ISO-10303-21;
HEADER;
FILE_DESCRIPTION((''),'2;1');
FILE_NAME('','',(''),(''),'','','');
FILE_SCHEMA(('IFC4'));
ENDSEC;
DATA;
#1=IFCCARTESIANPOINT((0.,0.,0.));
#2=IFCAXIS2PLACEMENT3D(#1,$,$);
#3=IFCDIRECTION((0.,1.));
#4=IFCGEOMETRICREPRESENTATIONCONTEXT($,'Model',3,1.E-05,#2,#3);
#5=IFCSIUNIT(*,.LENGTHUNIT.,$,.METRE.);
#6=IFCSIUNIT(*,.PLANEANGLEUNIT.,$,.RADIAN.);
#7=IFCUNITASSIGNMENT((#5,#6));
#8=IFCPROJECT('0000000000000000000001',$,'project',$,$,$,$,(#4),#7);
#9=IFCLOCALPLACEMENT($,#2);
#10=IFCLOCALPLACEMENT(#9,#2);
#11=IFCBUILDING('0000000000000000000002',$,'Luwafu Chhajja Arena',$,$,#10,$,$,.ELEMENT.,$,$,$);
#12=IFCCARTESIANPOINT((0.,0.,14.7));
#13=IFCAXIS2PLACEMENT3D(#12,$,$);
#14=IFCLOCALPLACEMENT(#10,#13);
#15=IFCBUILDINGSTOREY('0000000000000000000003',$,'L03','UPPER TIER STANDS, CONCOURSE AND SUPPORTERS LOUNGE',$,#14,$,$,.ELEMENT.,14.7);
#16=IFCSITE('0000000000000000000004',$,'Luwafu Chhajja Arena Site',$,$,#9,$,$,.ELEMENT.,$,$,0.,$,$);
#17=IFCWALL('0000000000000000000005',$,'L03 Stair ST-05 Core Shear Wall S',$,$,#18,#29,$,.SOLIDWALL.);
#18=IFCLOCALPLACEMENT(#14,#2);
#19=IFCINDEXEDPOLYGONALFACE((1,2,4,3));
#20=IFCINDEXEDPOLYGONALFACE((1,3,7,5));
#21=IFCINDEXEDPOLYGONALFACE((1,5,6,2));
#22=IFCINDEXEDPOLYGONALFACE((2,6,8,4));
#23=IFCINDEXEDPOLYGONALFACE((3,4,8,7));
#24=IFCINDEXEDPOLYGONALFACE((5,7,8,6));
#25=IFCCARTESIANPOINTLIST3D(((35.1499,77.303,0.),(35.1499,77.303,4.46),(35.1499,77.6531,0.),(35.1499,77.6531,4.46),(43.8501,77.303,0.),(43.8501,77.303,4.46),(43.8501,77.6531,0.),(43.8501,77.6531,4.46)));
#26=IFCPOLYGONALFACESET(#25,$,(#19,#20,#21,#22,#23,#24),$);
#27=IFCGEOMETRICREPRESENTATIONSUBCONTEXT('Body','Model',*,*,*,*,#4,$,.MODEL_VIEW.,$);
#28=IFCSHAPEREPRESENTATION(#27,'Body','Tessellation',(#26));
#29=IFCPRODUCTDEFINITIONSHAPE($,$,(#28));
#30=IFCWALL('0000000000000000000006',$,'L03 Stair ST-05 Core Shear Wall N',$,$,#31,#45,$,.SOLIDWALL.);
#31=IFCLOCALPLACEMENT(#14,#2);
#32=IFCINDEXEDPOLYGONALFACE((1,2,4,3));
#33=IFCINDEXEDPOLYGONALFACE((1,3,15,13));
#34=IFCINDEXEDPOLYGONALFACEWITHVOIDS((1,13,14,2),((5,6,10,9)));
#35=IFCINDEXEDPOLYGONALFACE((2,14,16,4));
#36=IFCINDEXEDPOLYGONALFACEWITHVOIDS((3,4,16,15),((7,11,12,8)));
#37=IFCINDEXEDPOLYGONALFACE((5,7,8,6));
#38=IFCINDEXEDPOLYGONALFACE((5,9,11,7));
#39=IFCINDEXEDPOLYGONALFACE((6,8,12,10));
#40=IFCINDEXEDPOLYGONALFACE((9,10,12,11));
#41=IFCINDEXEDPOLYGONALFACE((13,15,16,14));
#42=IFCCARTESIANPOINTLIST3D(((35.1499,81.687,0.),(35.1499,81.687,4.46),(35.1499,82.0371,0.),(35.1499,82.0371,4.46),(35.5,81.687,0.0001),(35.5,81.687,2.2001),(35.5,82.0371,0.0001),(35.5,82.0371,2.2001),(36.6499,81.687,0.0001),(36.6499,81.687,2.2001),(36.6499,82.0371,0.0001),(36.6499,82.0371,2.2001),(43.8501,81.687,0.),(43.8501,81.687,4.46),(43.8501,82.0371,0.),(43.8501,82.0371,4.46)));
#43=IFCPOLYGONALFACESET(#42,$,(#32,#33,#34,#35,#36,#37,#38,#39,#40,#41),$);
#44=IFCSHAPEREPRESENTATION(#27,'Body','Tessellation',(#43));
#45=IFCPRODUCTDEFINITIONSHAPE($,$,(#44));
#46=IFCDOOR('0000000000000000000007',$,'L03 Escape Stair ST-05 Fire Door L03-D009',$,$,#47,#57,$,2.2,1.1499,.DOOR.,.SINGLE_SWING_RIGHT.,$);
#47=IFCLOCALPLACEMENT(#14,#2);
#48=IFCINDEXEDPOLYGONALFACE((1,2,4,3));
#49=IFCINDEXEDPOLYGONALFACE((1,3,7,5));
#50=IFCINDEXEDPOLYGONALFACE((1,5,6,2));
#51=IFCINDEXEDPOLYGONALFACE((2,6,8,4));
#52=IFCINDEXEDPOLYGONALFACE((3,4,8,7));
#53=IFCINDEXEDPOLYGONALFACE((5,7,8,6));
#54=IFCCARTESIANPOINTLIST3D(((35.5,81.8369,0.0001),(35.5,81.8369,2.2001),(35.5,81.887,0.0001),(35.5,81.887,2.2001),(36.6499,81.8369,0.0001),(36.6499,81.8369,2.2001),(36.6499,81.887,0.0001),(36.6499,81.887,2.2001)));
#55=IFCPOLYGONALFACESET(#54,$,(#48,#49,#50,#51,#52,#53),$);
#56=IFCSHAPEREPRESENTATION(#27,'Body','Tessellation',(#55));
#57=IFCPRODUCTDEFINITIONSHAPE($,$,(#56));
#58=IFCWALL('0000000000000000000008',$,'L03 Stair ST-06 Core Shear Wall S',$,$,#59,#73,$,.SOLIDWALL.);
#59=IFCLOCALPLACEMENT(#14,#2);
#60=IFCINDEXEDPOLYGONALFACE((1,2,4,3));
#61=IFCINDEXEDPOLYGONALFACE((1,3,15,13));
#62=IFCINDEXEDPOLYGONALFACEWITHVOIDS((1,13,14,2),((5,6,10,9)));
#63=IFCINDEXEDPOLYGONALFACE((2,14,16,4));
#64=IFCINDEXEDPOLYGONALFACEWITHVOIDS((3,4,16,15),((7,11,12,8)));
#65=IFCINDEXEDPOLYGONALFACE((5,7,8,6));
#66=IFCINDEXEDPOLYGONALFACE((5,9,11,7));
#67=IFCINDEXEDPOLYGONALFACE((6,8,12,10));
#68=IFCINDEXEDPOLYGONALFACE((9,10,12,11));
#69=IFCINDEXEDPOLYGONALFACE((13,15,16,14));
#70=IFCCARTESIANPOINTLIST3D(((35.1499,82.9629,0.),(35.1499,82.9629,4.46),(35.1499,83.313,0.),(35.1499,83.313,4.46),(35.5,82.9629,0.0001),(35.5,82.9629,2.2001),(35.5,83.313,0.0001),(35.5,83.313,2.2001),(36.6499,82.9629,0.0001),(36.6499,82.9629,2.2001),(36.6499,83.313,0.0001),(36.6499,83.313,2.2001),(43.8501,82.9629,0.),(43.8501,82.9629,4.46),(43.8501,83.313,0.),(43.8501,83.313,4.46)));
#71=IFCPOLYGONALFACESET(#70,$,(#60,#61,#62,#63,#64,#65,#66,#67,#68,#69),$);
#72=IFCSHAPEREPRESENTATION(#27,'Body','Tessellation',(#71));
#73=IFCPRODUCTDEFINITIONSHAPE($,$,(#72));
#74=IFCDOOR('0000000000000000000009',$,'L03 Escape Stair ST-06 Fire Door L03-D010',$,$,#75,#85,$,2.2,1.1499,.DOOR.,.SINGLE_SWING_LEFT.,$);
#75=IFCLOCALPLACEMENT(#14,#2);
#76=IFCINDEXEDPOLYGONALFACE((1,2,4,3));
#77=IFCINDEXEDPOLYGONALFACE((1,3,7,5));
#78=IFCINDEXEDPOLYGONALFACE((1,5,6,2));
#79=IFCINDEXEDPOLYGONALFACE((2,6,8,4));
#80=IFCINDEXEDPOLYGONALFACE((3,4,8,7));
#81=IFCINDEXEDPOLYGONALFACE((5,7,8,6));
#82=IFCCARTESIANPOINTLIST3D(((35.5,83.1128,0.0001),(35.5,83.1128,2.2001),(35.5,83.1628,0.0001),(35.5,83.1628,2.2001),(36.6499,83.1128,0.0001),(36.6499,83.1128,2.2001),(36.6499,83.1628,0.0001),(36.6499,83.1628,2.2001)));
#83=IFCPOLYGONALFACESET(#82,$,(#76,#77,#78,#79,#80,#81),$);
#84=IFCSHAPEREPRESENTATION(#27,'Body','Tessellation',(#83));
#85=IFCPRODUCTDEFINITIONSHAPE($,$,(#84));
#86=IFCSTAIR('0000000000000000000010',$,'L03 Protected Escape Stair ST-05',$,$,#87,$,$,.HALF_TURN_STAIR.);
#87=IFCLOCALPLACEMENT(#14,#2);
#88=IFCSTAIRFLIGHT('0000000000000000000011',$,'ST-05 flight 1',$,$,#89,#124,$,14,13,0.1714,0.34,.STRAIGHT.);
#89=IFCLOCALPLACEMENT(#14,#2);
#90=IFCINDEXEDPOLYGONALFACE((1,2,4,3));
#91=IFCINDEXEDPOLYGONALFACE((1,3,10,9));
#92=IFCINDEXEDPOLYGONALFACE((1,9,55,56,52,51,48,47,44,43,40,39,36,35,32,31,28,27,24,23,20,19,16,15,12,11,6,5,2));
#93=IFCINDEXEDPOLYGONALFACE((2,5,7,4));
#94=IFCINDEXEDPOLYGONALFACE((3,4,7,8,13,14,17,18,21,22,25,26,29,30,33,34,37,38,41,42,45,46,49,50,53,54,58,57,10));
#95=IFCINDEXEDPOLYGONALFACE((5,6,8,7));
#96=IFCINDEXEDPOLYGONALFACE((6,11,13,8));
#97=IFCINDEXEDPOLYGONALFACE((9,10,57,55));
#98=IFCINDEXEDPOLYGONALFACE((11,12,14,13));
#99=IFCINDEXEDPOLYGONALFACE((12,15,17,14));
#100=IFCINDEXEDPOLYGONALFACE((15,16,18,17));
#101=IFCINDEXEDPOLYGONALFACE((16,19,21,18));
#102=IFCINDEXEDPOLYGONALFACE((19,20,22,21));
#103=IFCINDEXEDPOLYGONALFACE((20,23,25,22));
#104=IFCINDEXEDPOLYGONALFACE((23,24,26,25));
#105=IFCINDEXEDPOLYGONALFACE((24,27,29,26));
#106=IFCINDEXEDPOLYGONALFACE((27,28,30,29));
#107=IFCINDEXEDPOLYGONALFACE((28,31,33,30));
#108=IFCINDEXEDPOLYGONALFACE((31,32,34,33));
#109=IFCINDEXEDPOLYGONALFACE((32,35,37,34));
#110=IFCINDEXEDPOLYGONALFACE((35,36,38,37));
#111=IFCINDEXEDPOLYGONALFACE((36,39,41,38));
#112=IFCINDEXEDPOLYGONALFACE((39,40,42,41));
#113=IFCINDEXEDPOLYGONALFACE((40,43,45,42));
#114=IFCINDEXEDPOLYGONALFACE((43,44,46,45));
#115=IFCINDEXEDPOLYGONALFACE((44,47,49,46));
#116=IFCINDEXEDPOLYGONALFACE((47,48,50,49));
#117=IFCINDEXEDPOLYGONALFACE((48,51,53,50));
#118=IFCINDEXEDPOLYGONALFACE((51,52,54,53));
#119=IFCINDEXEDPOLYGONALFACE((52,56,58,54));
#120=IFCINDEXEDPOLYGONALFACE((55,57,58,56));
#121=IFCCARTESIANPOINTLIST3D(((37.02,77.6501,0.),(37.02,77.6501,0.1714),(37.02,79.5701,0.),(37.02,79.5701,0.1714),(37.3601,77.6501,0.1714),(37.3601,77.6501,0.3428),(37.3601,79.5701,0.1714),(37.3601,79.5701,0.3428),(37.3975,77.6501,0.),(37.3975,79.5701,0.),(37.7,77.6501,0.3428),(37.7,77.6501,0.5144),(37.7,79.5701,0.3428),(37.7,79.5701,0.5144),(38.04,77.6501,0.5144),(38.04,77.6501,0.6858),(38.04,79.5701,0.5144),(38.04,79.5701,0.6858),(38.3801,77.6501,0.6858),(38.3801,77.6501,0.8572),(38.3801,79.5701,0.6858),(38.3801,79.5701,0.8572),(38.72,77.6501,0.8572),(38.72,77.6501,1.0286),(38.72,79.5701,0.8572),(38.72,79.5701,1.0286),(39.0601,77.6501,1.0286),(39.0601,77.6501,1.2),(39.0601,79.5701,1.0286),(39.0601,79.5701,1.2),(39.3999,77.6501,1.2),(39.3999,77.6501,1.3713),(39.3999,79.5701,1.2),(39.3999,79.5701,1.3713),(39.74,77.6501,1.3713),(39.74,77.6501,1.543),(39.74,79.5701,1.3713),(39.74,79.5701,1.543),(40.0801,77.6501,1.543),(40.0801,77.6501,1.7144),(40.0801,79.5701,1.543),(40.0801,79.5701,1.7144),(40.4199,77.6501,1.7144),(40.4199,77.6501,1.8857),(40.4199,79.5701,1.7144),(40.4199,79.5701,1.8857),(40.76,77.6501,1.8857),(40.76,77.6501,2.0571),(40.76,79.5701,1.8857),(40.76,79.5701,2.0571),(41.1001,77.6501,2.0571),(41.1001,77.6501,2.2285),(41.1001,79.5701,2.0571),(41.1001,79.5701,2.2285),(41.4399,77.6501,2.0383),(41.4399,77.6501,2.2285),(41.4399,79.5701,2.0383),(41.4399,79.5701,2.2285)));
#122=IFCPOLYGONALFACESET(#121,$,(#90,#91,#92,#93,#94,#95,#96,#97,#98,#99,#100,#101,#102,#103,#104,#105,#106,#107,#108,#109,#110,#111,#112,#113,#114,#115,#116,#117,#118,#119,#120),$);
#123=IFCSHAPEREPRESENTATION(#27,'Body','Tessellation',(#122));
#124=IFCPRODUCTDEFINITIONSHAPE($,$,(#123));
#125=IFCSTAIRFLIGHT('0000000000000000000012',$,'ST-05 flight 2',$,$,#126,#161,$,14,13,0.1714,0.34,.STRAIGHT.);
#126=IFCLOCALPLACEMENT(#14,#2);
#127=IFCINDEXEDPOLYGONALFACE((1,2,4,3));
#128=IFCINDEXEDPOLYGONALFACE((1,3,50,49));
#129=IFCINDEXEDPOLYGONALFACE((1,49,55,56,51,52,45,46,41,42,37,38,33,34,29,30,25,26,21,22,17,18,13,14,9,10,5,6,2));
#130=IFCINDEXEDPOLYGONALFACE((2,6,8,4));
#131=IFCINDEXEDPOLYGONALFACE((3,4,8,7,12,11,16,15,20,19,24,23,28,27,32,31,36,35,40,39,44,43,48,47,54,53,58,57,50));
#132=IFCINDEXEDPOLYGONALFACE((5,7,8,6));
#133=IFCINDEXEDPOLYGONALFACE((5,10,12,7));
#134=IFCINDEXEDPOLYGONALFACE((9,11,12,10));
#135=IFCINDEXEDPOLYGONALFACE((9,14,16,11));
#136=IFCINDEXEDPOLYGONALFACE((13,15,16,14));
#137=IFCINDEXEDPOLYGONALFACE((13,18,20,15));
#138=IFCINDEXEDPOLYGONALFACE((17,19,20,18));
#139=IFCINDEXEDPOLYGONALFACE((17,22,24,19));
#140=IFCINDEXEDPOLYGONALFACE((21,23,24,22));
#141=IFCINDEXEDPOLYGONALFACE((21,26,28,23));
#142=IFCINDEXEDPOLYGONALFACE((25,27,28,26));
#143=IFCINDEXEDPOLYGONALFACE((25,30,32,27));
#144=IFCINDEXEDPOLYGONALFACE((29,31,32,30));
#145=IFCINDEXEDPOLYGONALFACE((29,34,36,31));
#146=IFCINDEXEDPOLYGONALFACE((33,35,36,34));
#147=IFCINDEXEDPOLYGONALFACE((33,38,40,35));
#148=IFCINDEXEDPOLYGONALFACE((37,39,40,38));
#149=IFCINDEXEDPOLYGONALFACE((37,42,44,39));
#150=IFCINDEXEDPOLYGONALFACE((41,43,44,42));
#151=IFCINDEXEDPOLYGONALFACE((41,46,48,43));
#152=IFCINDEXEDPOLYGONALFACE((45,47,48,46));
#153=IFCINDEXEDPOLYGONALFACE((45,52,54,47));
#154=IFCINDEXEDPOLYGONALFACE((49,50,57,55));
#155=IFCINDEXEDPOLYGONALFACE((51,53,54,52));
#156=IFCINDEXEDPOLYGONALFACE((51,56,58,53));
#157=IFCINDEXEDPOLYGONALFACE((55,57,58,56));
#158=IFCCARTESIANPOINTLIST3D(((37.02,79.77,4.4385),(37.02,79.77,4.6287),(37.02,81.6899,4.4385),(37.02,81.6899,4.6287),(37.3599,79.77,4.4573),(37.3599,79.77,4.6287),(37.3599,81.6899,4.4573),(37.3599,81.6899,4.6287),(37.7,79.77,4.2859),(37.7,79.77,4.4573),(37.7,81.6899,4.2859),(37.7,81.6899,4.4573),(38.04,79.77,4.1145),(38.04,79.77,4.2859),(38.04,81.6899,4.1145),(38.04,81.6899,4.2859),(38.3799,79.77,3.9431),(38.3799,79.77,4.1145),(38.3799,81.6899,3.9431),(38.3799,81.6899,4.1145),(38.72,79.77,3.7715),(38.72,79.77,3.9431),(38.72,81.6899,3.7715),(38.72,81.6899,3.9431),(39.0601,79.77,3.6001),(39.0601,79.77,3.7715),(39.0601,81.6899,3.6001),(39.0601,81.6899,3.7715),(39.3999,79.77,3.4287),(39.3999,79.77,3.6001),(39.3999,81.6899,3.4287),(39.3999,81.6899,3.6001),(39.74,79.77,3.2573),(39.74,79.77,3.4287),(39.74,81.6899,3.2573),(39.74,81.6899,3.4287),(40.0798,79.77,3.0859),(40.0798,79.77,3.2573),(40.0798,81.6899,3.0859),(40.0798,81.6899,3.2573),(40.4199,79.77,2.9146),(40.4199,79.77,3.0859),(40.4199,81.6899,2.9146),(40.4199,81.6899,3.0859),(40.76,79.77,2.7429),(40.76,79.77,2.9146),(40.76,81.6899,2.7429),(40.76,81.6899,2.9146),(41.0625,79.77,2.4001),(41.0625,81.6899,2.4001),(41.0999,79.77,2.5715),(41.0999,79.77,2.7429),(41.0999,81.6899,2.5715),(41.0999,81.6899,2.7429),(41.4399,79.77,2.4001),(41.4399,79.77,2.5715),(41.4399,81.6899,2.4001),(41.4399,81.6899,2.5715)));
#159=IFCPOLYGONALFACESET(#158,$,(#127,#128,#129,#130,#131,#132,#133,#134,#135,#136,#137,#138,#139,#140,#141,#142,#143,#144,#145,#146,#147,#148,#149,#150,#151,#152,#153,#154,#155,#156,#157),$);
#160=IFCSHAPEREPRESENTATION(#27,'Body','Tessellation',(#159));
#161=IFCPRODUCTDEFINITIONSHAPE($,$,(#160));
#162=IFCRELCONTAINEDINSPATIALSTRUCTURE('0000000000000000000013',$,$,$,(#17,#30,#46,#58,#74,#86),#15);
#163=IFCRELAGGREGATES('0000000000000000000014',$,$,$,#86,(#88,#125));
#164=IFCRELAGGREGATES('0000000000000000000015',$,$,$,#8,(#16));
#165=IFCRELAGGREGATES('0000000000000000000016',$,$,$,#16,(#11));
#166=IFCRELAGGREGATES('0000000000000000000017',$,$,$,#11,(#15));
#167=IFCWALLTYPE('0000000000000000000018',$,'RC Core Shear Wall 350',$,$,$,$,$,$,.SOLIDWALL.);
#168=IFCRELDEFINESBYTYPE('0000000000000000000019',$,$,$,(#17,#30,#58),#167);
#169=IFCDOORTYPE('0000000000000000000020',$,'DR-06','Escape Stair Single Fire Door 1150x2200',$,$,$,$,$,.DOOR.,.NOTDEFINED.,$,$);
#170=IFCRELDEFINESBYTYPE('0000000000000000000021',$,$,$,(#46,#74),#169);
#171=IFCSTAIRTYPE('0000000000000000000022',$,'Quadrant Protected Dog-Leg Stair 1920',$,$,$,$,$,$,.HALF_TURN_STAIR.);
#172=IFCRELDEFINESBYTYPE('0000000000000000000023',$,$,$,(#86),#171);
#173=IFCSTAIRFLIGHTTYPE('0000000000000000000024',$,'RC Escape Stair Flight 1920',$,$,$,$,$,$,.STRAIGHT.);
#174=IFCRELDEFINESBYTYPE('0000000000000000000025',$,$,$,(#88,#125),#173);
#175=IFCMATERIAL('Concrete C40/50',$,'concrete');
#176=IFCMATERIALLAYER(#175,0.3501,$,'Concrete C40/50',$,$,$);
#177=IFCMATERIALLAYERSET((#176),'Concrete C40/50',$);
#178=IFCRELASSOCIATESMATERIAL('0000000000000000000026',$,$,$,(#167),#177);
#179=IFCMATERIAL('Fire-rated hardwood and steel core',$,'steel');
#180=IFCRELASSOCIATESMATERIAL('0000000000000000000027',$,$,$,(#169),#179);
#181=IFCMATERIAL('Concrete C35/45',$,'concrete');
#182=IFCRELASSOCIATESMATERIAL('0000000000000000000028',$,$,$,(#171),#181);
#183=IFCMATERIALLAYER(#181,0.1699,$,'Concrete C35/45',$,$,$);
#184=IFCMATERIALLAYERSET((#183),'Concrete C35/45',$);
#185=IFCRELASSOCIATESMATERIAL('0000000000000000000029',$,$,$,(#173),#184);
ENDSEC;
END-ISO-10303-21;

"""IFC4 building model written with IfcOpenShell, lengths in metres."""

from ifc_helpers import new_model, si_unit, direction, frame, frame_2d, origin, place, context, subcontext, project, spatial, polyline, rectangle, outline, extrude, material, layer, layer_set, type_object, element, fill, aggregate, save


model = new_model("IFC4")

# Units and contexts
model_context = context("Model", 3, precision=1e-05, world=origin(), true_north=direction((0.0, 1.0)))
body_context = subcontext(model_context, "Body", "Model", "MODEL_VIEW")
ifc_project = project(units=[si_unit("LENGTHUNIT", "METRE"), si_unit("PLANEANGLEUNIT", "RADIAN")], contexts=[model_context])

# Site, building, storey
site_placement = place(None, origin())
site = spatial("IfcSite", under=ifc_project, at=site_placement, Name="Luwafu Chhajja Arena Site", CompositionType="ELEMENT", RefElevation=0.0)
building_placement = place(site_placement, origin())
building = spatial("IfcBuilding", under=site, at=building_placement, Name="Luwafu Chhajja Arena", CompositionType="ELEMENT")
storey_placement = place(building_placement, frame((0.0, 0.0, 14.7)))
storey = spatial("IfcBuildingStorey", under=building, at=storey_placement, Name="L03", Description="UPPER TIER STANDS, CONCOURSE AND SUPPORTERS LOUNGE", CompositionType="ELEMENT", Elevation=14.7)

# Wall
ifc_material_1 = material(Name="Concrete C40/50", Category="concrete")
ifc_layer_1 = layer(ifc_material_1, 0.3501, Name="Concrete C40/50")
ifc_layer_set_1 = layer_set([ifc_layer_1], Name="Concrete C40/50")
wall_type = type_object("IfcWallType", Name="RC Core Shear Wall 350", PredefinedType="SOLIDWALL", material=ifc_layer_set_1)
wall_1_placement = place(storey_placement, frame((35.1499, 77.478, 0.0), z_axis=(0.0, 0.0, 1.0), x_axis=(1.0, 0.0, 0.0)))
element("IfcWall", 1, at=wall_1_placement, inside=storey, type_object=wall_type, Name="L03 Stair ST-05 Core Shear Wall S", PredefinedType="SOLIDWALL", context=body_context, shape_type="SweptSolid", body=[
    extrude(rectangle(XDim=8.7002, YDim=0.3501, at=frame_2d((4.3501, 0.0))), origin(), (0.0, 0.0, 1.0), 4.46),
])

# Walls, openings, doors
wall_2_placement = place(storey_placement, frame((35.1499, 81.8621, 0.0), z_axis=(0.0, 0.0, 1.0), x_axis=(1.0, 0.0, 0.0)))
wall_2 = element("IfcWall", 2, at=wall_2_placement, inside=storey, type_object=wall_type, Name="L03 Stair ST-05 Core Shear Wall N", PredefinedType="SOLIDWALL", context=body_context, shape_type="SweptSolid", body=[
    extrude(rectangle(XDim=8.7002, YDim=0.3501, at=frame_2d((4.3501, 0.0))), origin(), (0.0, 0.0, 1.0), 4.46),
])
opening_1_placement = place(wall_2_placement, frame((0.3501, 0.0, 0.0)))
opening_1 = element("IfcOpeningElement", 3, at=opening_1_placement, cuts=wall_2, PredefinedType="OPENING", context=body_context, shape_type="SweptSolid", body=[
    extrude(rectangle(XDim=1.1499, YDim=2.2, at=frame_2d((0.575, 1.1001))), frame((0.0, 0.1851, 0.0), z_axis=(0.0, -1.0, 0.0), x_axis=(1.0, 0.0, 0.0)), (0.0, 0.0, 1.0), 0.3701),
])
ifc_material_2 = material(Name="Fire-rated hardwood and steel core", Category="steel")
door_type = type_object("IfcDoorType", Name="DR-06", Description="Escape Stair Single Fire Door 1150x2200", OperationType="NOTDEFINED", PredefinedType="DOOR", material=ifc_material_2)
door_1_placement = place(opening_1_placement, origin())
door_1 = element("IfcDoor", 4, at=door_1_placement, inside=storey, type_object=door_type, Name="L03 Escape Stair ST-05 Fire Door L03-D009", OperationType="SINGLE_SWING_RIGHT", OverallHeight=2.2, OverallWidth=1.1499, PredefinedType="DOOR", context=body_context, shape_type="SweptSolid", body=[
    extrude(rectangle(XDim=1.1499, YDim=2.2, at=frame_2d((0.575, 1.1001))), frame((0.0, 0.0249, 0.0), z_axis=(0.0, -1.0, 0.0), x_axis=(1.0, 0.0, 0.0)), (0.0, 0.0, 1.0), 0.05),
])
fill(opening_1, door_1)
wall_3_placement = place(storey_placement, frame((35.1499, 83.1379, 0.0), z_axis=(0.0, 0.0, 1.0), x_axis=(1.0, 0.0, 0.0)))
wall_3 = element("IfcWall", 5, at=wall_3_placement, inside=storey, type_object=wall_type, Name="L03 Stair ST-06 Core Shear Wall S", PredefinedType="SOLIDWALL", context=body_context, shape_type="SweptSolid", body=[
    extrude(rectangle(XDim=8.7002, YDim=0.3501, at=frame_2d((4.3501, 0.0))), origin(), (0.0, 0.0, 1.0), 4.46),
])
opening_2_placement = place(wall_3_placement, frame((0.3501, 0.0, 0.0)))
opening_2 = element("IfcOpeningElement", 6, at=opening_2_placement, cuts=wall_3, PredefinedType="OPENING", context=body_context, shape_type="SweptSolid", body=[
    extrude(rectangle(XDim=1.1499, YDim=2.2, at=frame_2d((0.575, 1.1001))), frame((0.0, 0.1851, 0.0), z_axis=(0.0, -1.0, 0.0), x_axis=(1.0, 0.0, 0.0)), (0.0, 0.0, 1.0), 0.3701),
])
door_2_placement = place(opening_2_placement, origin())
door_2 = element("IfcDoor", 7, at=door_2_placement, inside=storey, type_object=door_type, Name="L03 Escape Stair ST-06 Fire Door L03-D010", OperationType="SINGLE_SWING_LEFT", OverallHeight=2.2, OverallWidth=1.1499, PredefinedType="DOOR", context=body_context, shape_type="SweptSolid", body=[
    extrude(rectangle(XDim=1.1499, YDim=2.2, at=frame_2d((0.575, 1.1001))), frame((0.0, 0.0249, 0.0), z_axis=(0.0, -1.0, 0.0), x_axis=(1.0, 0.0, 0.0)), (0.0, 0.0, 1.0), 0.05),
])
fill(opening_2, door_2)

# Stair, stair flights
ifc_material_3 = material(Name="Concrete C35/45", Category="concrete")
stair_type = type_object("IfcStairType", Name="Quadrant Protected Dog-Leg Stair 1920", PredefinedType="HALF_TURN_STAIR", material=ifc_material_3)
stair_1_placement = place(storey_placement, origin())
stair_1 = element("IfcStair", 8, at=stair_1_placement, inside=storey, type_object=stair_type, Name="L03 Protected Escape Stair ST-05", PredefinedType="HALF_TURN_STAIR")
ifc_layer_2 = layer(ifc_material_3, 0.1699, Name="Concrete C35/45")
ifc_layer_set_2 = layer_set([ifc_layer_2], Name="Concrete C35/45")
stair_flight_type = type_object("IfcStairFlightType", Name="RC Escape Stair Flight 1920", PredefinedType="STRAIGHT", material=ifc_layer_set_2)
stair_flight_1_placement = place(storey_placement, frame((37.02, 78.6101, 0.0), z_axis=(0.0, 0.0, 1.0), x_axis=(1.0, 0.0, 0.0)))
stair_flight_1 = element("IfcStairFlight", 9, at=stair_flight_1_placement, type_object=stair_flight_type, Name="ST-05 flight 1", NumberOfRisers=14, NumberOfTreads=13, PredefinedType="STRAIGHT", RiserHeight=0.1714, TreadLength=0.34, context=body_context, shape_type="SweptSolid", body=[
    extrude(outline(polyline([(0.0, 0.0), (0.0, 0.1714), (0.3401, 0.1714), (0.3401, 0.3428), (0.6799, 0.3428), (0.6799, 0.5144), (1.02, 0.5144), (1.02, 0.6858), (1.3601, 0.6858), (1.3601, 0.8572), (1.7, 0.8572), (1.7, 1.0286), (2.04, 1.0286), (2.04, 1.2), (2.3799, 1.2), (2.3799, 1.3713), (2.72, 1.3713), (2.72, 1.543), (3.0601, 1.543), (3.0601, 1.7144), (3.3999, 1.7144), (3.3999, 1.8857), (3.74, 1.8857), (3.74, 2.0571), (4.0801, 2.0571), (4.0801, 2.2285), (4.4199, 2.2285), (4.4199, 2.3999), (4.4199, 2.0383), (0.3774, 0.0), (0.0, 0.0)])), frame((0.0, 0.96, 0.0), z_axis=(0.0, -1.0, 0.0), x_axis=(1.0, 0.0, 0.0)), (0.0, 0.0, 1.0), 1.9199),
])
stair_flight_2_placement = place(storey_placement, frame((41.4399, 80.73, 2.4001), z_axis=(0.0, 0.0, 1.0), x_axis=(-1.0, 0.0, 0.0)))
stair_flight_2 = element("IfcStairFlight", 10, at=stair_flight_2_placement, type_object=stair_flight_type, Name="ST-05 flight 2", NumberOfRisers=14, NumberOfTreads=13, PredefinedType="STRAIGHT", RiserHeight=0.1714, TreadLength=0.34, context=body_context, shape_type="SweptSolid", body=[
    extrude(outline(polyline([(0.0, 0.0), (0.0, 0.1714), (0.3401, 0.1714), (0.3401, 0.3428), (0.6799, 0.3428), (0.6799, 0.5144), (1.02, 0.5144), (1.02, 0.6858), (1.3601, 0.6858), (1.3601, 0.8572), (1.7, 0.8572), (1.7, 1.0286), (2.04, 1.0286), (2.04, 1.2), (2.3799, 1.2), (2.3799, 1.3713), (2.72, 1.3713), (2.72, 1.543), (3.0601, 1.543), (3.0601, 1.7144), (3.3999, 1.7144), (3.3999, 1.8857), (3.74, 1.8857), (3.74, 2.0571), (4.0801, 2.0571), (4.0801, 2.2285), (4.4199, 2.2285), (4.4199, 2.3999), (4.4199, 2.0383), (0.3774, 0.0), (0.0, 0.0)])), frame((0.0, 0.96, 0.0), z_axis=(0.0, -1.0, 0.0), x_axis=(1.0, 0.0, 0.0)), (0.0, 0.0, 1.0), 1.9199),
])
aggregate(stair_1, [stair_flight_1, stair_flight_2])

save(model, "model.ifc")
